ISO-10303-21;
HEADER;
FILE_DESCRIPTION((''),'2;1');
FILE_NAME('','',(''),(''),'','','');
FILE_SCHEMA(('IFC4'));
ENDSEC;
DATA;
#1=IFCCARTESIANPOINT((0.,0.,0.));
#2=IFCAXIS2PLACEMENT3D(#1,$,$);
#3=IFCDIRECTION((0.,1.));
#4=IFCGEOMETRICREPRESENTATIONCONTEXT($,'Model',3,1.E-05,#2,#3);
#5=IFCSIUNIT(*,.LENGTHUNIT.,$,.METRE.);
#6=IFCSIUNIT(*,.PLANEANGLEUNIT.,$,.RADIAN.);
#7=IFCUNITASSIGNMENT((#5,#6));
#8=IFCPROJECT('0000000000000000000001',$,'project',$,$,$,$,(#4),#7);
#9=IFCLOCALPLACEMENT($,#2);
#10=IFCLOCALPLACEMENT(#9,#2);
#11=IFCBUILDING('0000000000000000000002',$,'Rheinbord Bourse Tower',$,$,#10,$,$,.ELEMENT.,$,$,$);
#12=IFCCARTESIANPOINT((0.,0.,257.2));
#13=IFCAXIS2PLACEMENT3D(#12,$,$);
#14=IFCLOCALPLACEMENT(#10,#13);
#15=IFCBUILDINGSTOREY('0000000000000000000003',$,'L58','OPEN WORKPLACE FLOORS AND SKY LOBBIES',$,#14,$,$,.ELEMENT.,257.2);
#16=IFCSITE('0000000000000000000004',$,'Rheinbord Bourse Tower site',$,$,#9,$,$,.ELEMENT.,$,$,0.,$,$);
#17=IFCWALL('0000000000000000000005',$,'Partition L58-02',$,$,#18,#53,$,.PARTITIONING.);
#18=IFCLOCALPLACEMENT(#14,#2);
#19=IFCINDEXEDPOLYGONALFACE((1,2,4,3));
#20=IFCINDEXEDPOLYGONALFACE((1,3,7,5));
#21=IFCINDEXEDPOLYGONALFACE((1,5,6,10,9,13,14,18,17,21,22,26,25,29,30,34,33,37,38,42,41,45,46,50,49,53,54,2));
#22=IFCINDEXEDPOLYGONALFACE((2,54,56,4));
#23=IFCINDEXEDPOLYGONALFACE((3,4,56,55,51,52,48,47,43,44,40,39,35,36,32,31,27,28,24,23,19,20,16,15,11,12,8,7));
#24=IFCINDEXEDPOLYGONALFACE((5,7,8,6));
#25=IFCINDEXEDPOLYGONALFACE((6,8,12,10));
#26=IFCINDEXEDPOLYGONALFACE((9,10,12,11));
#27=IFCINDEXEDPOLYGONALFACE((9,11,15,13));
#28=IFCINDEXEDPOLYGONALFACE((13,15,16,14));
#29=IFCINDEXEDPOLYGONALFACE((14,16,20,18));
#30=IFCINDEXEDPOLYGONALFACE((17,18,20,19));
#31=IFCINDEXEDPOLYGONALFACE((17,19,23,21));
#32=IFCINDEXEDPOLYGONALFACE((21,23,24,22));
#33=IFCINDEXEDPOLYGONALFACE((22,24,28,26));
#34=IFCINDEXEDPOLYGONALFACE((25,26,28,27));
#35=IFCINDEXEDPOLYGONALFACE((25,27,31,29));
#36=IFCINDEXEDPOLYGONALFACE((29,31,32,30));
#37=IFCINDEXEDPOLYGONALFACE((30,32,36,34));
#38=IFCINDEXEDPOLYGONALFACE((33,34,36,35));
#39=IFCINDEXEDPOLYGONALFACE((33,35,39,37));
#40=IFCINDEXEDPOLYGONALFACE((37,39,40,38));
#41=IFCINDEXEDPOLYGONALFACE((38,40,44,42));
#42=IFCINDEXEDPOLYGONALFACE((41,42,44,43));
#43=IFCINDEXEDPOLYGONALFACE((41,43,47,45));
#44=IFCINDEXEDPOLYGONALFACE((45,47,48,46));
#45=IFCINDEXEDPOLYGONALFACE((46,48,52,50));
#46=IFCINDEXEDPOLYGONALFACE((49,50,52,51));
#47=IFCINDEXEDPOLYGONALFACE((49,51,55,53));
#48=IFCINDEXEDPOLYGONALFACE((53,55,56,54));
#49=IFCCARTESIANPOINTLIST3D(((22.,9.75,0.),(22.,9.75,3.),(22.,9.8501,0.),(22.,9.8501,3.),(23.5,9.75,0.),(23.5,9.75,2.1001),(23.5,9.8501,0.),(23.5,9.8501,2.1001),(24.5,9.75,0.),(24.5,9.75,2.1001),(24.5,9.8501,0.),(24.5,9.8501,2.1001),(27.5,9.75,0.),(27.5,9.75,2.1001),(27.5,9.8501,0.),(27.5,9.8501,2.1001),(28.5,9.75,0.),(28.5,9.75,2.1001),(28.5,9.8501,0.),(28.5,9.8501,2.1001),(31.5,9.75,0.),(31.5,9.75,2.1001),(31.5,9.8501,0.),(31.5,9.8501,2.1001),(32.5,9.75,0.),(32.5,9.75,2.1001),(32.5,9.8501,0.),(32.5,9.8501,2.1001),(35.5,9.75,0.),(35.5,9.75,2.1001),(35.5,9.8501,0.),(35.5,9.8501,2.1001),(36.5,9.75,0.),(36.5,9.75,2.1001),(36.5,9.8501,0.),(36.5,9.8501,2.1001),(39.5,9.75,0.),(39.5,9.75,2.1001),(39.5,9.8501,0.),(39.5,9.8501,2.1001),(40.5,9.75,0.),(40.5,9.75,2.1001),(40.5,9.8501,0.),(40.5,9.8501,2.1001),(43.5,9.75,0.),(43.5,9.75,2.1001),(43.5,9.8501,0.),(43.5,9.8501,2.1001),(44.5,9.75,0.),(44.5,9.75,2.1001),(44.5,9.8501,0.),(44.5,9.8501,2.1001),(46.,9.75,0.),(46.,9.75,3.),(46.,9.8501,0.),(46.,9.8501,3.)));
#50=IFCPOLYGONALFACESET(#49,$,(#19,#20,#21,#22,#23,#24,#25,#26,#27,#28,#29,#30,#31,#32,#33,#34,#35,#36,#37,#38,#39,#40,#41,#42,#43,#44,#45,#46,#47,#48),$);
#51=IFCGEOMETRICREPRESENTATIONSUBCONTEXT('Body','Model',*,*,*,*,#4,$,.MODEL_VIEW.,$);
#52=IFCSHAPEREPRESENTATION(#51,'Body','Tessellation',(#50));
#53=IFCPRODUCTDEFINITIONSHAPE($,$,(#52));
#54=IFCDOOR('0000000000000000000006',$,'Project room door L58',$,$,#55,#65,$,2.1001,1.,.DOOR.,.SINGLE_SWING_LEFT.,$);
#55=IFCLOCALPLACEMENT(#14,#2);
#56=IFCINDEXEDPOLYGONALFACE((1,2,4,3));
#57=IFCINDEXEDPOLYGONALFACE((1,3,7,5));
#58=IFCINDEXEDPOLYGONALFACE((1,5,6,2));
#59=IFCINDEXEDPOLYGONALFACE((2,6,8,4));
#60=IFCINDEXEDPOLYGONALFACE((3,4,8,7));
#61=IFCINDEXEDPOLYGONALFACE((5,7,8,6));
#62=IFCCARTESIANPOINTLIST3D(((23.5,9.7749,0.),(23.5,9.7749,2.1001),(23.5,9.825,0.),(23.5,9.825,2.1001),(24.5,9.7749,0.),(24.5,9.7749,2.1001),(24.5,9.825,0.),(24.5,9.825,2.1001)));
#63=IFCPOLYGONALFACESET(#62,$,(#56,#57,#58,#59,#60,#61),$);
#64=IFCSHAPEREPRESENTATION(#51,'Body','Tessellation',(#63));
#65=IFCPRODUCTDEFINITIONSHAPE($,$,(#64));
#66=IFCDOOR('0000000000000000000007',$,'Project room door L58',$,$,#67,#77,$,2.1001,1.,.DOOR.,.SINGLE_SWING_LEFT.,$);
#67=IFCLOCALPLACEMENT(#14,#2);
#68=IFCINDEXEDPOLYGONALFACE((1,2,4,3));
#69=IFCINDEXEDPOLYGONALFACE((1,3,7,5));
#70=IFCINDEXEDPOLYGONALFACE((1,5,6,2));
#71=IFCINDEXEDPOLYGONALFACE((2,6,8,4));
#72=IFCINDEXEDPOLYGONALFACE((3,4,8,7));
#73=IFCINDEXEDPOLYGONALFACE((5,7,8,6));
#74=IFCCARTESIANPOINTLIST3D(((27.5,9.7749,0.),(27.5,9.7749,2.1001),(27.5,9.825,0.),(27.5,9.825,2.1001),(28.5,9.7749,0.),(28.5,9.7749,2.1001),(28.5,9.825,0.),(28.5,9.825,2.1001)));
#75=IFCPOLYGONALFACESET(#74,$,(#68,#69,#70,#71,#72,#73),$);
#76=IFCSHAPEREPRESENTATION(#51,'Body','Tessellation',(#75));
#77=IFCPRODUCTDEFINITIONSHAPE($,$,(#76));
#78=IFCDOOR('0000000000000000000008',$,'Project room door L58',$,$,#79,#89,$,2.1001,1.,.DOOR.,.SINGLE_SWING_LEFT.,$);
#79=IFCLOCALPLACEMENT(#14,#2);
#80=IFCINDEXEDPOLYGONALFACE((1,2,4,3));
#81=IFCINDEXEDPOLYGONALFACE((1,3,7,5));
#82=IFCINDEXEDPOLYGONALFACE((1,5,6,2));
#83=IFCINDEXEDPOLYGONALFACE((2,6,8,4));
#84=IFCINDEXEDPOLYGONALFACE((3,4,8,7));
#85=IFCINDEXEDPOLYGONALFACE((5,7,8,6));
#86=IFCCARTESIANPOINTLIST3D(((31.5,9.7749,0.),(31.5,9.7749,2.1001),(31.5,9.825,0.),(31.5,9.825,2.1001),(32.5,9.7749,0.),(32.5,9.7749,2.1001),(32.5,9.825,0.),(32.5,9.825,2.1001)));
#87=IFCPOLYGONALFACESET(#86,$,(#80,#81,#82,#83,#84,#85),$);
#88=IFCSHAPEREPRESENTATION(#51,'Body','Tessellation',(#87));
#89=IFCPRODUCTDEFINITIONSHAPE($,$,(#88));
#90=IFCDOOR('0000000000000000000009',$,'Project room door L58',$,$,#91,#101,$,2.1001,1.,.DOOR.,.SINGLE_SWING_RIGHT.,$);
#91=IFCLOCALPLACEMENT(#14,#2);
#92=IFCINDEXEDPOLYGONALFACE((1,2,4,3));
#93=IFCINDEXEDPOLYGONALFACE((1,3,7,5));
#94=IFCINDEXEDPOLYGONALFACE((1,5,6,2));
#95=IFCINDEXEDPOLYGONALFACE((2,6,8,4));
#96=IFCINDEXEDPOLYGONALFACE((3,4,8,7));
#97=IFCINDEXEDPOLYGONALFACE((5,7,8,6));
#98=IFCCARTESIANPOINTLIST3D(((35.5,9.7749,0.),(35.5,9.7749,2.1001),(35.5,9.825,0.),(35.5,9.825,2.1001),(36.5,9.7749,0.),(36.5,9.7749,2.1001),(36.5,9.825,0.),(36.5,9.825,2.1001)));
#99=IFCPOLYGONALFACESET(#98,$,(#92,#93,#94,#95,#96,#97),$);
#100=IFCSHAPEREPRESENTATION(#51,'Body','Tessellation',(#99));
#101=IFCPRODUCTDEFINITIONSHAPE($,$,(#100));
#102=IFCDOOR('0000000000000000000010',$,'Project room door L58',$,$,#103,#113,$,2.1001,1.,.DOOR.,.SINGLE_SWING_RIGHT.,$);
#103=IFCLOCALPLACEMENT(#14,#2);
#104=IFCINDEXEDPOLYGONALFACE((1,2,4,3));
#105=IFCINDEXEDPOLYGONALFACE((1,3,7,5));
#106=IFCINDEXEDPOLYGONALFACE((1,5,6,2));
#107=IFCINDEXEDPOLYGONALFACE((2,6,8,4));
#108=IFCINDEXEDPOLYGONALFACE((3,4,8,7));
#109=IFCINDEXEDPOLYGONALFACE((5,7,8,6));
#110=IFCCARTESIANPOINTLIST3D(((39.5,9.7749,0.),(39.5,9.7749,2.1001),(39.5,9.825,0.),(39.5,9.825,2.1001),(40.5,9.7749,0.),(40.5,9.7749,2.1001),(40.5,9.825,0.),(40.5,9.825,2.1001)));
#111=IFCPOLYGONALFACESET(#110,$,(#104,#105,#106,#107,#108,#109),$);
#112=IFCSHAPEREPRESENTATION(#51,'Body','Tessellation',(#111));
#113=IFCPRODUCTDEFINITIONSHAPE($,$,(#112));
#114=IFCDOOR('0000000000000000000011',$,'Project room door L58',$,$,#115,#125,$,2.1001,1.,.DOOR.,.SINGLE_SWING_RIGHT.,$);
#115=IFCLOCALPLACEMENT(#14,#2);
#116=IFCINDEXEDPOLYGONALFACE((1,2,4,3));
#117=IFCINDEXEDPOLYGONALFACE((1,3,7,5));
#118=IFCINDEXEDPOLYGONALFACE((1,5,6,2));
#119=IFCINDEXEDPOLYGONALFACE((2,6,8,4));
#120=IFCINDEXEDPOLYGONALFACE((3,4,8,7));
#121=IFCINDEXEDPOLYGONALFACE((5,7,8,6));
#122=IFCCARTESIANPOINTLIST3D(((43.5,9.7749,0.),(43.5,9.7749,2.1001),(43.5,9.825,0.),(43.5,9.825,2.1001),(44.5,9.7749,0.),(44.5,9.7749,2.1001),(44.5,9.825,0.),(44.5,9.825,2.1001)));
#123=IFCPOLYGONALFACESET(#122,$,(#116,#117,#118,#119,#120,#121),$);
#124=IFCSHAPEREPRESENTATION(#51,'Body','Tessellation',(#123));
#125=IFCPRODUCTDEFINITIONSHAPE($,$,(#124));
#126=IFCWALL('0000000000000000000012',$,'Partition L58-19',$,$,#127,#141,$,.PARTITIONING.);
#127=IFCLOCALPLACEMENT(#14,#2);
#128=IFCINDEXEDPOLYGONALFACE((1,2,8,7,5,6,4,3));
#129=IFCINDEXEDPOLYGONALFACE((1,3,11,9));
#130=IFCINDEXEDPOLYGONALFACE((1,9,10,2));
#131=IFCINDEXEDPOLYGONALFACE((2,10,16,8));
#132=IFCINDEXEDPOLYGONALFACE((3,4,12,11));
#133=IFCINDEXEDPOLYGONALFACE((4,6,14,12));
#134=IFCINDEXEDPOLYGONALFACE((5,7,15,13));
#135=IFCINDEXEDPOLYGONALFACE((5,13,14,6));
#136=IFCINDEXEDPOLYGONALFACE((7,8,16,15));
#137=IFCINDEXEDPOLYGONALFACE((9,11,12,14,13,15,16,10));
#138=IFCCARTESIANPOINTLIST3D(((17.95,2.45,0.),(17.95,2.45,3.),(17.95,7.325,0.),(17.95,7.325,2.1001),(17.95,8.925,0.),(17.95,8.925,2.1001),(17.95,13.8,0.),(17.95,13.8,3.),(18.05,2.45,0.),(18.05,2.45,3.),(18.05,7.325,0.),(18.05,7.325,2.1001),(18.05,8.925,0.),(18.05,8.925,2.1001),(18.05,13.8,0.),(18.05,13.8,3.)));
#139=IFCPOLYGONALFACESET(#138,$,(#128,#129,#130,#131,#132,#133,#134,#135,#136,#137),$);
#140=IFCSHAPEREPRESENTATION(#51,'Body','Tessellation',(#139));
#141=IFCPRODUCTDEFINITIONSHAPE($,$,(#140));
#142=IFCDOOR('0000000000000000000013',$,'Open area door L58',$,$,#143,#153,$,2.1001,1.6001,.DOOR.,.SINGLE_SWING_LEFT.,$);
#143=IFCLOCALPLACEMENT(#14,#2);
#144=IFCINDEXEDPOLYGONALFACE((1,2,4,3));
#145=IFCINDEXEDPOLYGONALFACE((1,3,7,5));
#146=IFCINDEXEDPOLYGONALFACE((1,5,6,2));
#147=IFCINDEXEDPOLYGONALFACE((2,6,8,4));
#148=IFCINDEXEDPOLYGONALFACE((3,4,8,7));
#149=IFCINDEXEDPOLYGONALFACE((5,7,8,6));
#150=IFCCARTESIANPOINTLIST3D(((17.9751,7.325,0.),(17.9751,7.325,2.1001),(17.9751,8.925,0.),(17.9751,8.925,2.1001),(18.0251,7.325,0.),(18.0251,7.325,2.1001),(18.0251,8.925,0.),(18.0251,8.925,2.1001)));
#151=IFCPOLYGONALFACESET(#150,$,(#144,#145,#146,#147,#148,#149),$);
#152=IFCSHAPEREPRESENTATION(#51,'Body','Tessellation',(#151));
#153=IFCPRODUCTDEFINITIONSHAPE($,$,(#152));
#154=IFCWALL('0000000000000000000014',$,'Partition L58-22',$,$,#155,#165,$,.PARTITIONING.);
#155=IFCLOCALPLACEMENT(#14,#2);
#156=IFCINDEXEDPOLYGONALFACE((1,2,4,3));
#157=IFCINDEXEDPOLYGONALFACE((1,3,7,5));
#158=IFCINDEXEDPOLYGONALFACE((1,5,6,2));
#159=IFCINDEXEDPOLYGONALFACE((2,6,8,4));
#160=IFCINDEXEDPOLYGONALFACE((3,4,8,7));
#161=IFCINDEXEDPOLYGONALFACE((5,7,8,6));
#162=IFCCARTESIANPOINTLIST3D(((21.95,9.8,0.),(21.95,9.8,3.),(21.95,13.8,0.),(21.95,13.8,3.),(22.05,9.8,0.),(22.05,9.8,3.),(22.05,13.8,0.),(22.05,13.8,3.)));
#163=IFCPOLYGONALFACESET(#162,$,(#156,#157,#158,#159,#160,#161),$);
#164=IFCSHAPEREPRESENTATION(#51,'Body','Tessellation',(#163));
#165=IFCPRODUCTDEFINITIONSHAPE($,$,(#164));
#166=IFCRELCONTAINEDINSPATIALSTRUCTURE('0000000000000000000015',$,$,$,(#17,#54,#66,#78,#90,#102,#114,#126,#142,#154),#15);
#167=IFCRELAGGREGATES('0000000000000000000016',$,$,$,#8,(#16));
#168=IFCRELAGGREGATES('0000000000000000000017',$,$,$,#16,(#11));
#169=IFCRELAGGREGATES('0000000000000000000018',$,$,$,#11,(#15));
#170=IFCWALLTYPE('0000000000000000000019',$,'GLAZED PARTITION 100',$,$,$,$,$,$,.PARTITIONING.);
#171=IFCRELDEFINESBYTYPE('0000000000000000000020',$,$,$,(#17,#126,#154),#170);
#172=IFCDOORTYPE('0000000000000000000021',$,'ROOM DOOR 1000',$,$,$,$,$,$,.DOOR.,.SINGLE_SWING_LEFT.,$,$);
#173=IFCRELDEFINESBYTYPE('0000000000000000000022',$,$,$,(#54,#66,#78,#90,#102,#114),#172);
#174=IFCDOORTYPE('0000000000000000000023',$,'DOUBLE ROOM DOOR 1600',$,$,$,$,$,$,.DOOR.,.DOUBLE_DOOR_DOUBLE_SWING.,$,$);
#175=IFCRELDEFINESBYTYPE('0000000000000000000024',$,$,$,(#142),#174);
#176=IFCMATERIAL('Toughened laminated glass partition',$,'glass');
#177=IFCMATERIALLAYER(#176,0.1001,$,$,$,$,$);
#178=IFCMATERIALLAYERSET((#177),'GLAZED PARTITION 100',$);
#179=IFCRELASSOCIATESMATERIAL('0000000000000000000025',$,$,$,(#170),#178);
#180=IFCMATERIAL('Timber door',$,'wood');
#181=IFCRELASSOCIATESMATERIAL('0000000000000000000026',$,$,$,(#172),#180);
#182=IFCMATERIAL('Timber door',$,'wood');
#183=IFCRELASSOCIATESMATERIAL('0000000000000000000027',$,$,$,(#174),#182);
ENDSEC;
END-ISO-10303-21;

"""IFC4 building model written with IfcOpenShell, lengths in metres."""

from ifc_helpers import new_model, si_unit, direction, frame, frame_2d, origin, place, context, subcontext, project, spatial, rectangle, extrude, material, layer, layer_set, type_object, element, fill, save


model = new_model("IFC4")

# Units and contexts
model_context = context("Model", 3, precision=1e-05, world=origin(), true_north=direction((0.0, 1.0)))
body_context = subcontext(model_context, "Body", "Model", "MODEL_VIEW")
ifc_project = project(units=[si_unit("LENGTHUNIT", "METRE"), si_unit("PLANEANGLEUNIT", "RADIAN")], contexts=[model_context])

# Site, building, storey
site_placement = place(None, origin())
site = spatial("IfcSite", under=ifc_project, at=site_placement, Name="Rheinbord Bourse Tower site", CompositionType="ELEMENT", RefElevation=0.0)
building_placement = place(site_placement, origin())
building = spatial("IfcBuilding", under=site, at=building_placement, Name="Rheinbord Bourse Tower", CompositionType="ELEMENT")
storey_placement = place(building_placement, frame((0.0, 0.0, 257.2)))
storey = spatial("IfcBuildingStorey", under=building, at=storey_placement, Name="L58", Description="OPEN WORKPLACE FLOORS AND SKY LOBBIES", CompositionType="ELEMENT", Elevation=257.2)

# Wall, openings, doors
ifc_material_1 = material(Name="Toughened laminated glass partition", Category="glass")
ifc_layer_1 = layer(ifc_material_1, 0.1001)
ifc_layer_set_1 = layer_set([ifc_layer_1], Name="GLAZED PARTITION 100")
wall_type_1 = type_object("IfcWallType", Name="GLAZED PARTITION 100", PredefinedType="PARTITIONING", material=ifc_layer_set_1)
wall_1_placement = place(storey_placement, frame((22.0, 9.8, 0.0), z_axis=(0.0, 0.0, 1.0), x_axis=(1.0, 0.0, 0.0)))
wall_1 = element("IfcWall", 1, at=wall_1_placement, inside=storey, type_object=wall_type_1, Name="Partition L58-02", PredefinedType="PARTITIONING", context=body_context, shape_type="SweptSolid", body=[
    extrude(rectangle(XDim=24.0, YDim=0.1001, at=frame_2d((12.0, 0.0))), origin(), (0.0, 0.0, 1.0), 3.0),
])
opening_1_placement = place(wall_1_placement, frame((1.5, 0.0, 0.0)))
opening_1 = element("IfcOpeningElement", 2, at=opening_1_placement, cuts=wall_1, PredefinedType="OPENING", context=body_context, shape_type="SweptSolid", body=[
    extrude(rectangle(XDim=1.0, YDim=2.1001, at=frame_2d((0.5, 1.05))), frame((0.0, 0.0601, 0.0), z_axis=(0.0, -1.0, 0.0), x_axis=(1.0, 0.0, 0.0)), (0.0, 0.0, 1.0), 0.1201),
])
opening_2_placement = place(wall_1_placement, frame((5.5, 0.0, 0.0)))
opening_2 = element("IfcOpeningElement", 3, at=opening_2_placement, cuts=wall_1, PredefinedType="OPENING", context=body_context, shape_type="SweptSolid", body=[
    extrude(rectangle(XDim=1.0, YDim=2.1001, at=frame_2d((0.5, 1.05))), frame((0.0, 0.0601, 0.0), z_axis=(0.0, -1.0, 0.0), x_axis=(1.0, 0.0, 0.0)), (0.0, 0.0, 1.0), 0.1201),
])
opening_3_placement = place(wall_1_placement, frame((9.5, 0.0, 0.0)))
opening_3 = element("IfcOpeningElement", 4, at=opening_3_placement, cuts=wall_1, PredefinedType="OPENING", context=body_context, shape_type="SweptSolid", body=[
    extrude(rectangle(XDim=1.0, YDim=2.1001, at=frame_2d((0.5, 1.05))), frame((0.0, 0.0601, 0.0), z_axis=(0.0, -1.0, 0.0), x_axis=(1.0, 0.0, 0.0)), (0.0, 0.0, 1.0), 0.1201),
])
opening_4_placement = place(wall_1_placement, frame((13.5, 0.0, 0.0)))
opening_4 = element("IfcOpeningElement", 5, at=opening_4_placement, cuts=wall_1, PredefinedType="OPENING", context=body_context, shape_type="SweptSolid", body=[
    extrude(rectangle(XDim=1.0, YDim=2.1001, at=frame_2d((0.5, 1.05))), frame((0.0, 0.0601, 0.0), z_axis=(0.0, -1.0, 0.0), x_axis=(1.0, 0.0, 0.0)), (0.0, 0.0, 1.0), 0.1201),
])
opening_5_placement = place(wall_1_placement, frame((17.5, 0.0, 0.0)))
opening_5 = element("IfcOpeningElement", 6, at=opening_5_placement, cuts=wall_1, PredefinedType="OPENING", context=body_context, shape_type="SweptSolid", body=[
    extrude(rectangle(XDim=1.0, YDim=2.1001, at=frame_2d((0.5, 1.05))), frame((0.0, 0.0601, 0.0), z_axis=(0.0, -1.0, 0.0), x_axis=(1.0, 0.0, 0.0)), (0.0, 0.0, 1.0), 0.1201),
])
opening_6_placement = place(wall_1_placement, frame((21.5, 0.0, 0.0)))
opening_6 = element("IfcOpeningElement", 7, at=opening_6_placement, cuts=wall_1, PredefinedType="OPENING", context=body_context, shape_type="SweptSolid", body=[
    extrude(rectangle(XDim=1.0, YDim=2.1001, at=frame_2d((0.5, 1.05))), frame((0.0, 0.0601, 0.0), z_axis=(0.0, -1.0, 0.0), x_axis=(1.0, 0.0, 0.0)), (0.0, 0.0, 1.0), 0.1201),
])
ifc_material_2 = material(Name="Timber door", Category="wood")
door_type_1 = type_object("IfcDoorType", Name="ROOM DOOR 1000", OperationType="SINGLE_SWING_LEFT", PredefinedType="DOOR", material=ifc_material_2)
door_1_placement = place(opening_1_placement, origin())
door_1 = element("IfcDoor", 8, at=door_1_placement, inside=storey, type_object=door_type_1, Name="Project room door L58", OperationType="SINGLE_SWING_LEFT", OverallHeight=2.1001, OverallWidth=1.0, PredefinedType="DOOR", context=body_context, shape_type="SweptSolid", body=[
    extrude(rectangle(XDim=1.0, YDim=2.1001, at=frame_2d((0.5, 1.05))), frame((0.0, 0.0249, 0.0), z_axis=(0.0, -1.0, 0.0), x_axis=(1.0, 0.0, 0.0)), (0.0, 0.0, 1.0), 0.05),
])
fill(opening_1, door_1)
door_2_placement = place(opening_2_placement, origin())
door_2 = element("IfcDoor", 9, at=door_2_placement, inside=storey, type_object=door_type_1, Name="Project room door L58", OperationType="SINGLE_SWING_LEFT", OverallHeight=2.1001, OverallWidth=1.0, PredefinedType="DOOR", context=body_context, shape_type="SweptSolid", body=[
    extrude(rectangle(XDim=1.0, YDim=2.1001, at=frame_2d((0.5, 1.05))), frame((0.0, 0.0249, 0.0), z_axis=(0.0, -1.0, 0.0), x_axis=(1.0, 0.0, 0.0)), (0.0, 0.0, 1.0), 0.05),
])
fill(opening_2, door_2)
door_3_placement = place(opening_3_placement, origin())
door_3 = element("IfcDoor", 10, at=door_3_placement, inside=storey, type_object=door_type_1, Name="Project room door L58", OperationType="SINGLE_SWING_LEFT", OverallHeight=2.1001, OverallWidth=1.0, PredefinedType="DOOR", context=body_context, shape_type="SweptSolid", body=[
    extrude(rectangle(XDim=1.0, YDim=2.1001, at=frame_2d((0.5, 1.05))), frame((0.0, 0.0249, 0.0), z_axis=(0.0, -1.0, 0.0), x_axis=(1.0, 0.0, 0.0)), (0.0, 0.0, 1.0), 0.05),
])
fill(opening_3, door_3)
door_4_placement = place(opening_4_placement, origin())
door_4 = element("IfcDoor", 11, at=door_4_placement, inside=storey, type_object=door_type_1, Name="Project room door L58", OperationType="SINGLE_SWING_RIGHT", OverallHeight=2.1001, OverallWidth=1.0, PredefinedType="DOOR", context=body_context, shape_type="SweptSolid", body=[
    extrude(rectangle(XDim=1.0, YDim=2.1001, at=frame_2d((0.5, 1.05))), frame((0.0, 0.0249, 0.0), z_axis=(0.0, -1.0, 0.0), x_axis=(1.0, 0.0, 0.0)), (0.0, 0.0, 1.0), 0.05),
])
fill(opening_4, door_4)
door_5_placement = place(opening_5_placement, origin())
door_5 = element("IfcDoor", 12, at=door_5_placement, inside=storey, type_object=door_type_1, Name="Project room door L58", OperationType="SINGLE_SWING_RIGHT", OverallHeight=2.1001, OverallWidth=1.0, PredefinedType="DOOR", context=body_context, shape_type="SweptSolid", body=[
    extrude(rectangle(XDim=1.0, YDim=2.1001, at=frame_2d((0.5, 1.05))), frame((0.0, 0.0249, 0.0), z_axis=(0.0, -1.0, 0.0), x_axis=(1.0, 0.0, 0.0)), (0.0, 0.0, 1.0), 0.05),
])
fill(opening_5, door_5)
door_6_placement = place(opening_6_placement, origin())
door_6 = element("IfcDoor", 13, at=door_6_placement, inside=storey, type_object=door_type_1, Name="Project room door L58", OperationType="SINGLE_SWING_RIGHT", OverallHeight=2.1001, OverallWidth=1.0, PredefinedType="DOOR", context=body_context, shape_type="SweptSolid", body=[
    extrude(rectangle(XDim=1.0, YDim=2.1001, at=frame_2d((0.5, 1.05))), frame((0.0, 0.0249, 0.0), z_axis=(0.0, -1.0, 0.0), x_axis=(1.0, 0.0, 0.0)), (0.0, 0.0, 1.0), 0.05),
])
fill(opening_6, door_6)

# Wall, opening, door
wall_2_placement = place(storey_placement, frame((18.0, 2.45, 0.0), z_axis=(0.0, 0.0, 1.0), x_axis=(0.0, 1.0, 0.0)))
wall_2 = element("IfcWall", 14, at=wall_2_placement, inside=storey, type_object=wall_type_1, Name="Partition L58-19", PredefinedType="PARTITIONING", context=body_context, shape_type="SweptSolid", body=[
    extrude(rectangle(XDim=11.3501, YDim=0.1001, at=frame_2d((5.675, 0.0))), origin(), (0.0, 0.0, 1.0), 3.0),
])
opening_7_placement = place(wall_2_placement, frame((4.875, 0.0, 0.0)))
opening_7 = element("IfcOpeningElement", 15, at=opening_7_placement, cuts=wall_2, PredefinedType="OPENING", context=body_context, shape_type="SweptSolid", body=[
    extrude(rectangle(XDim=1.6001, YDim=2.1001, at=frame_2d((0.8, 1.05))), frame((0.0, 0.0601, 0.0), z_axis=(0.0, -1.0, 0.0), x_axis=(1.0, 0.0, 0.0)), (0.0, 0.0, 1.0), 0.1201),
])
ifc_material_3 = material(Name="Timber door", Category="wood")
door_type_2 = type_object("IfcDoorType", Name="DOUBLE ROOM DOOR 1600", OperationType="DOUBLE_DOOR_DOUBLE_SWING", PredefinedType="DOOR", material=ifc_material_3)
door_7_placement = place(opening_7_placement, origin())
door_7 = element("IfcDoor", 16, at=door_7_placement, inside=storey, type_object=door_type_2, Name="Open area door L58", OperationType="SINGLE_SWING_LEFT", OverallHeight=2.1001, OverallWidth=1.6001, PredefinedType="DOOR", context=body_context, shape_type="SweptSolid", body=[
    extrude(rectangle(XDim=1.6001, YDim=2.1001, at=frame_2d((0.8, 1.05))), frame((0.0, 0.0249, 0.0), z_axis=(0.0, -1.0, 0.0), x_axis=(1.0, 0.0, 0.0)), (0.0, 0.0, 1.0), 0.05),
])
fill(opening_7, door_7)

# Wall
for number, where, z_axis, x_axis, name in (
    (17, (22.0, 9.8, 0.0), (0.0, 0.0, 1.0), (0.0, 1.0, 0.0), "Partition L58-22"),
):
    element("IfcWall", number, at=place(storey_placement, frame(where, z_axis=z_axis, x_axis=x_axis)), inside=storey, type_object=wall_type_1, Name=name, PredefinedType="PARTITIONING", context=body_context, shape_type="SweptSolid", body=[
        extrude(rectangle(XDim=4.0, YDim=0.1001, at=frame_2d((2.0, 0.0))), origin(), (0.0, 0.0, 1.0), 3.0),
    ])

save(model, "model.ifc")
